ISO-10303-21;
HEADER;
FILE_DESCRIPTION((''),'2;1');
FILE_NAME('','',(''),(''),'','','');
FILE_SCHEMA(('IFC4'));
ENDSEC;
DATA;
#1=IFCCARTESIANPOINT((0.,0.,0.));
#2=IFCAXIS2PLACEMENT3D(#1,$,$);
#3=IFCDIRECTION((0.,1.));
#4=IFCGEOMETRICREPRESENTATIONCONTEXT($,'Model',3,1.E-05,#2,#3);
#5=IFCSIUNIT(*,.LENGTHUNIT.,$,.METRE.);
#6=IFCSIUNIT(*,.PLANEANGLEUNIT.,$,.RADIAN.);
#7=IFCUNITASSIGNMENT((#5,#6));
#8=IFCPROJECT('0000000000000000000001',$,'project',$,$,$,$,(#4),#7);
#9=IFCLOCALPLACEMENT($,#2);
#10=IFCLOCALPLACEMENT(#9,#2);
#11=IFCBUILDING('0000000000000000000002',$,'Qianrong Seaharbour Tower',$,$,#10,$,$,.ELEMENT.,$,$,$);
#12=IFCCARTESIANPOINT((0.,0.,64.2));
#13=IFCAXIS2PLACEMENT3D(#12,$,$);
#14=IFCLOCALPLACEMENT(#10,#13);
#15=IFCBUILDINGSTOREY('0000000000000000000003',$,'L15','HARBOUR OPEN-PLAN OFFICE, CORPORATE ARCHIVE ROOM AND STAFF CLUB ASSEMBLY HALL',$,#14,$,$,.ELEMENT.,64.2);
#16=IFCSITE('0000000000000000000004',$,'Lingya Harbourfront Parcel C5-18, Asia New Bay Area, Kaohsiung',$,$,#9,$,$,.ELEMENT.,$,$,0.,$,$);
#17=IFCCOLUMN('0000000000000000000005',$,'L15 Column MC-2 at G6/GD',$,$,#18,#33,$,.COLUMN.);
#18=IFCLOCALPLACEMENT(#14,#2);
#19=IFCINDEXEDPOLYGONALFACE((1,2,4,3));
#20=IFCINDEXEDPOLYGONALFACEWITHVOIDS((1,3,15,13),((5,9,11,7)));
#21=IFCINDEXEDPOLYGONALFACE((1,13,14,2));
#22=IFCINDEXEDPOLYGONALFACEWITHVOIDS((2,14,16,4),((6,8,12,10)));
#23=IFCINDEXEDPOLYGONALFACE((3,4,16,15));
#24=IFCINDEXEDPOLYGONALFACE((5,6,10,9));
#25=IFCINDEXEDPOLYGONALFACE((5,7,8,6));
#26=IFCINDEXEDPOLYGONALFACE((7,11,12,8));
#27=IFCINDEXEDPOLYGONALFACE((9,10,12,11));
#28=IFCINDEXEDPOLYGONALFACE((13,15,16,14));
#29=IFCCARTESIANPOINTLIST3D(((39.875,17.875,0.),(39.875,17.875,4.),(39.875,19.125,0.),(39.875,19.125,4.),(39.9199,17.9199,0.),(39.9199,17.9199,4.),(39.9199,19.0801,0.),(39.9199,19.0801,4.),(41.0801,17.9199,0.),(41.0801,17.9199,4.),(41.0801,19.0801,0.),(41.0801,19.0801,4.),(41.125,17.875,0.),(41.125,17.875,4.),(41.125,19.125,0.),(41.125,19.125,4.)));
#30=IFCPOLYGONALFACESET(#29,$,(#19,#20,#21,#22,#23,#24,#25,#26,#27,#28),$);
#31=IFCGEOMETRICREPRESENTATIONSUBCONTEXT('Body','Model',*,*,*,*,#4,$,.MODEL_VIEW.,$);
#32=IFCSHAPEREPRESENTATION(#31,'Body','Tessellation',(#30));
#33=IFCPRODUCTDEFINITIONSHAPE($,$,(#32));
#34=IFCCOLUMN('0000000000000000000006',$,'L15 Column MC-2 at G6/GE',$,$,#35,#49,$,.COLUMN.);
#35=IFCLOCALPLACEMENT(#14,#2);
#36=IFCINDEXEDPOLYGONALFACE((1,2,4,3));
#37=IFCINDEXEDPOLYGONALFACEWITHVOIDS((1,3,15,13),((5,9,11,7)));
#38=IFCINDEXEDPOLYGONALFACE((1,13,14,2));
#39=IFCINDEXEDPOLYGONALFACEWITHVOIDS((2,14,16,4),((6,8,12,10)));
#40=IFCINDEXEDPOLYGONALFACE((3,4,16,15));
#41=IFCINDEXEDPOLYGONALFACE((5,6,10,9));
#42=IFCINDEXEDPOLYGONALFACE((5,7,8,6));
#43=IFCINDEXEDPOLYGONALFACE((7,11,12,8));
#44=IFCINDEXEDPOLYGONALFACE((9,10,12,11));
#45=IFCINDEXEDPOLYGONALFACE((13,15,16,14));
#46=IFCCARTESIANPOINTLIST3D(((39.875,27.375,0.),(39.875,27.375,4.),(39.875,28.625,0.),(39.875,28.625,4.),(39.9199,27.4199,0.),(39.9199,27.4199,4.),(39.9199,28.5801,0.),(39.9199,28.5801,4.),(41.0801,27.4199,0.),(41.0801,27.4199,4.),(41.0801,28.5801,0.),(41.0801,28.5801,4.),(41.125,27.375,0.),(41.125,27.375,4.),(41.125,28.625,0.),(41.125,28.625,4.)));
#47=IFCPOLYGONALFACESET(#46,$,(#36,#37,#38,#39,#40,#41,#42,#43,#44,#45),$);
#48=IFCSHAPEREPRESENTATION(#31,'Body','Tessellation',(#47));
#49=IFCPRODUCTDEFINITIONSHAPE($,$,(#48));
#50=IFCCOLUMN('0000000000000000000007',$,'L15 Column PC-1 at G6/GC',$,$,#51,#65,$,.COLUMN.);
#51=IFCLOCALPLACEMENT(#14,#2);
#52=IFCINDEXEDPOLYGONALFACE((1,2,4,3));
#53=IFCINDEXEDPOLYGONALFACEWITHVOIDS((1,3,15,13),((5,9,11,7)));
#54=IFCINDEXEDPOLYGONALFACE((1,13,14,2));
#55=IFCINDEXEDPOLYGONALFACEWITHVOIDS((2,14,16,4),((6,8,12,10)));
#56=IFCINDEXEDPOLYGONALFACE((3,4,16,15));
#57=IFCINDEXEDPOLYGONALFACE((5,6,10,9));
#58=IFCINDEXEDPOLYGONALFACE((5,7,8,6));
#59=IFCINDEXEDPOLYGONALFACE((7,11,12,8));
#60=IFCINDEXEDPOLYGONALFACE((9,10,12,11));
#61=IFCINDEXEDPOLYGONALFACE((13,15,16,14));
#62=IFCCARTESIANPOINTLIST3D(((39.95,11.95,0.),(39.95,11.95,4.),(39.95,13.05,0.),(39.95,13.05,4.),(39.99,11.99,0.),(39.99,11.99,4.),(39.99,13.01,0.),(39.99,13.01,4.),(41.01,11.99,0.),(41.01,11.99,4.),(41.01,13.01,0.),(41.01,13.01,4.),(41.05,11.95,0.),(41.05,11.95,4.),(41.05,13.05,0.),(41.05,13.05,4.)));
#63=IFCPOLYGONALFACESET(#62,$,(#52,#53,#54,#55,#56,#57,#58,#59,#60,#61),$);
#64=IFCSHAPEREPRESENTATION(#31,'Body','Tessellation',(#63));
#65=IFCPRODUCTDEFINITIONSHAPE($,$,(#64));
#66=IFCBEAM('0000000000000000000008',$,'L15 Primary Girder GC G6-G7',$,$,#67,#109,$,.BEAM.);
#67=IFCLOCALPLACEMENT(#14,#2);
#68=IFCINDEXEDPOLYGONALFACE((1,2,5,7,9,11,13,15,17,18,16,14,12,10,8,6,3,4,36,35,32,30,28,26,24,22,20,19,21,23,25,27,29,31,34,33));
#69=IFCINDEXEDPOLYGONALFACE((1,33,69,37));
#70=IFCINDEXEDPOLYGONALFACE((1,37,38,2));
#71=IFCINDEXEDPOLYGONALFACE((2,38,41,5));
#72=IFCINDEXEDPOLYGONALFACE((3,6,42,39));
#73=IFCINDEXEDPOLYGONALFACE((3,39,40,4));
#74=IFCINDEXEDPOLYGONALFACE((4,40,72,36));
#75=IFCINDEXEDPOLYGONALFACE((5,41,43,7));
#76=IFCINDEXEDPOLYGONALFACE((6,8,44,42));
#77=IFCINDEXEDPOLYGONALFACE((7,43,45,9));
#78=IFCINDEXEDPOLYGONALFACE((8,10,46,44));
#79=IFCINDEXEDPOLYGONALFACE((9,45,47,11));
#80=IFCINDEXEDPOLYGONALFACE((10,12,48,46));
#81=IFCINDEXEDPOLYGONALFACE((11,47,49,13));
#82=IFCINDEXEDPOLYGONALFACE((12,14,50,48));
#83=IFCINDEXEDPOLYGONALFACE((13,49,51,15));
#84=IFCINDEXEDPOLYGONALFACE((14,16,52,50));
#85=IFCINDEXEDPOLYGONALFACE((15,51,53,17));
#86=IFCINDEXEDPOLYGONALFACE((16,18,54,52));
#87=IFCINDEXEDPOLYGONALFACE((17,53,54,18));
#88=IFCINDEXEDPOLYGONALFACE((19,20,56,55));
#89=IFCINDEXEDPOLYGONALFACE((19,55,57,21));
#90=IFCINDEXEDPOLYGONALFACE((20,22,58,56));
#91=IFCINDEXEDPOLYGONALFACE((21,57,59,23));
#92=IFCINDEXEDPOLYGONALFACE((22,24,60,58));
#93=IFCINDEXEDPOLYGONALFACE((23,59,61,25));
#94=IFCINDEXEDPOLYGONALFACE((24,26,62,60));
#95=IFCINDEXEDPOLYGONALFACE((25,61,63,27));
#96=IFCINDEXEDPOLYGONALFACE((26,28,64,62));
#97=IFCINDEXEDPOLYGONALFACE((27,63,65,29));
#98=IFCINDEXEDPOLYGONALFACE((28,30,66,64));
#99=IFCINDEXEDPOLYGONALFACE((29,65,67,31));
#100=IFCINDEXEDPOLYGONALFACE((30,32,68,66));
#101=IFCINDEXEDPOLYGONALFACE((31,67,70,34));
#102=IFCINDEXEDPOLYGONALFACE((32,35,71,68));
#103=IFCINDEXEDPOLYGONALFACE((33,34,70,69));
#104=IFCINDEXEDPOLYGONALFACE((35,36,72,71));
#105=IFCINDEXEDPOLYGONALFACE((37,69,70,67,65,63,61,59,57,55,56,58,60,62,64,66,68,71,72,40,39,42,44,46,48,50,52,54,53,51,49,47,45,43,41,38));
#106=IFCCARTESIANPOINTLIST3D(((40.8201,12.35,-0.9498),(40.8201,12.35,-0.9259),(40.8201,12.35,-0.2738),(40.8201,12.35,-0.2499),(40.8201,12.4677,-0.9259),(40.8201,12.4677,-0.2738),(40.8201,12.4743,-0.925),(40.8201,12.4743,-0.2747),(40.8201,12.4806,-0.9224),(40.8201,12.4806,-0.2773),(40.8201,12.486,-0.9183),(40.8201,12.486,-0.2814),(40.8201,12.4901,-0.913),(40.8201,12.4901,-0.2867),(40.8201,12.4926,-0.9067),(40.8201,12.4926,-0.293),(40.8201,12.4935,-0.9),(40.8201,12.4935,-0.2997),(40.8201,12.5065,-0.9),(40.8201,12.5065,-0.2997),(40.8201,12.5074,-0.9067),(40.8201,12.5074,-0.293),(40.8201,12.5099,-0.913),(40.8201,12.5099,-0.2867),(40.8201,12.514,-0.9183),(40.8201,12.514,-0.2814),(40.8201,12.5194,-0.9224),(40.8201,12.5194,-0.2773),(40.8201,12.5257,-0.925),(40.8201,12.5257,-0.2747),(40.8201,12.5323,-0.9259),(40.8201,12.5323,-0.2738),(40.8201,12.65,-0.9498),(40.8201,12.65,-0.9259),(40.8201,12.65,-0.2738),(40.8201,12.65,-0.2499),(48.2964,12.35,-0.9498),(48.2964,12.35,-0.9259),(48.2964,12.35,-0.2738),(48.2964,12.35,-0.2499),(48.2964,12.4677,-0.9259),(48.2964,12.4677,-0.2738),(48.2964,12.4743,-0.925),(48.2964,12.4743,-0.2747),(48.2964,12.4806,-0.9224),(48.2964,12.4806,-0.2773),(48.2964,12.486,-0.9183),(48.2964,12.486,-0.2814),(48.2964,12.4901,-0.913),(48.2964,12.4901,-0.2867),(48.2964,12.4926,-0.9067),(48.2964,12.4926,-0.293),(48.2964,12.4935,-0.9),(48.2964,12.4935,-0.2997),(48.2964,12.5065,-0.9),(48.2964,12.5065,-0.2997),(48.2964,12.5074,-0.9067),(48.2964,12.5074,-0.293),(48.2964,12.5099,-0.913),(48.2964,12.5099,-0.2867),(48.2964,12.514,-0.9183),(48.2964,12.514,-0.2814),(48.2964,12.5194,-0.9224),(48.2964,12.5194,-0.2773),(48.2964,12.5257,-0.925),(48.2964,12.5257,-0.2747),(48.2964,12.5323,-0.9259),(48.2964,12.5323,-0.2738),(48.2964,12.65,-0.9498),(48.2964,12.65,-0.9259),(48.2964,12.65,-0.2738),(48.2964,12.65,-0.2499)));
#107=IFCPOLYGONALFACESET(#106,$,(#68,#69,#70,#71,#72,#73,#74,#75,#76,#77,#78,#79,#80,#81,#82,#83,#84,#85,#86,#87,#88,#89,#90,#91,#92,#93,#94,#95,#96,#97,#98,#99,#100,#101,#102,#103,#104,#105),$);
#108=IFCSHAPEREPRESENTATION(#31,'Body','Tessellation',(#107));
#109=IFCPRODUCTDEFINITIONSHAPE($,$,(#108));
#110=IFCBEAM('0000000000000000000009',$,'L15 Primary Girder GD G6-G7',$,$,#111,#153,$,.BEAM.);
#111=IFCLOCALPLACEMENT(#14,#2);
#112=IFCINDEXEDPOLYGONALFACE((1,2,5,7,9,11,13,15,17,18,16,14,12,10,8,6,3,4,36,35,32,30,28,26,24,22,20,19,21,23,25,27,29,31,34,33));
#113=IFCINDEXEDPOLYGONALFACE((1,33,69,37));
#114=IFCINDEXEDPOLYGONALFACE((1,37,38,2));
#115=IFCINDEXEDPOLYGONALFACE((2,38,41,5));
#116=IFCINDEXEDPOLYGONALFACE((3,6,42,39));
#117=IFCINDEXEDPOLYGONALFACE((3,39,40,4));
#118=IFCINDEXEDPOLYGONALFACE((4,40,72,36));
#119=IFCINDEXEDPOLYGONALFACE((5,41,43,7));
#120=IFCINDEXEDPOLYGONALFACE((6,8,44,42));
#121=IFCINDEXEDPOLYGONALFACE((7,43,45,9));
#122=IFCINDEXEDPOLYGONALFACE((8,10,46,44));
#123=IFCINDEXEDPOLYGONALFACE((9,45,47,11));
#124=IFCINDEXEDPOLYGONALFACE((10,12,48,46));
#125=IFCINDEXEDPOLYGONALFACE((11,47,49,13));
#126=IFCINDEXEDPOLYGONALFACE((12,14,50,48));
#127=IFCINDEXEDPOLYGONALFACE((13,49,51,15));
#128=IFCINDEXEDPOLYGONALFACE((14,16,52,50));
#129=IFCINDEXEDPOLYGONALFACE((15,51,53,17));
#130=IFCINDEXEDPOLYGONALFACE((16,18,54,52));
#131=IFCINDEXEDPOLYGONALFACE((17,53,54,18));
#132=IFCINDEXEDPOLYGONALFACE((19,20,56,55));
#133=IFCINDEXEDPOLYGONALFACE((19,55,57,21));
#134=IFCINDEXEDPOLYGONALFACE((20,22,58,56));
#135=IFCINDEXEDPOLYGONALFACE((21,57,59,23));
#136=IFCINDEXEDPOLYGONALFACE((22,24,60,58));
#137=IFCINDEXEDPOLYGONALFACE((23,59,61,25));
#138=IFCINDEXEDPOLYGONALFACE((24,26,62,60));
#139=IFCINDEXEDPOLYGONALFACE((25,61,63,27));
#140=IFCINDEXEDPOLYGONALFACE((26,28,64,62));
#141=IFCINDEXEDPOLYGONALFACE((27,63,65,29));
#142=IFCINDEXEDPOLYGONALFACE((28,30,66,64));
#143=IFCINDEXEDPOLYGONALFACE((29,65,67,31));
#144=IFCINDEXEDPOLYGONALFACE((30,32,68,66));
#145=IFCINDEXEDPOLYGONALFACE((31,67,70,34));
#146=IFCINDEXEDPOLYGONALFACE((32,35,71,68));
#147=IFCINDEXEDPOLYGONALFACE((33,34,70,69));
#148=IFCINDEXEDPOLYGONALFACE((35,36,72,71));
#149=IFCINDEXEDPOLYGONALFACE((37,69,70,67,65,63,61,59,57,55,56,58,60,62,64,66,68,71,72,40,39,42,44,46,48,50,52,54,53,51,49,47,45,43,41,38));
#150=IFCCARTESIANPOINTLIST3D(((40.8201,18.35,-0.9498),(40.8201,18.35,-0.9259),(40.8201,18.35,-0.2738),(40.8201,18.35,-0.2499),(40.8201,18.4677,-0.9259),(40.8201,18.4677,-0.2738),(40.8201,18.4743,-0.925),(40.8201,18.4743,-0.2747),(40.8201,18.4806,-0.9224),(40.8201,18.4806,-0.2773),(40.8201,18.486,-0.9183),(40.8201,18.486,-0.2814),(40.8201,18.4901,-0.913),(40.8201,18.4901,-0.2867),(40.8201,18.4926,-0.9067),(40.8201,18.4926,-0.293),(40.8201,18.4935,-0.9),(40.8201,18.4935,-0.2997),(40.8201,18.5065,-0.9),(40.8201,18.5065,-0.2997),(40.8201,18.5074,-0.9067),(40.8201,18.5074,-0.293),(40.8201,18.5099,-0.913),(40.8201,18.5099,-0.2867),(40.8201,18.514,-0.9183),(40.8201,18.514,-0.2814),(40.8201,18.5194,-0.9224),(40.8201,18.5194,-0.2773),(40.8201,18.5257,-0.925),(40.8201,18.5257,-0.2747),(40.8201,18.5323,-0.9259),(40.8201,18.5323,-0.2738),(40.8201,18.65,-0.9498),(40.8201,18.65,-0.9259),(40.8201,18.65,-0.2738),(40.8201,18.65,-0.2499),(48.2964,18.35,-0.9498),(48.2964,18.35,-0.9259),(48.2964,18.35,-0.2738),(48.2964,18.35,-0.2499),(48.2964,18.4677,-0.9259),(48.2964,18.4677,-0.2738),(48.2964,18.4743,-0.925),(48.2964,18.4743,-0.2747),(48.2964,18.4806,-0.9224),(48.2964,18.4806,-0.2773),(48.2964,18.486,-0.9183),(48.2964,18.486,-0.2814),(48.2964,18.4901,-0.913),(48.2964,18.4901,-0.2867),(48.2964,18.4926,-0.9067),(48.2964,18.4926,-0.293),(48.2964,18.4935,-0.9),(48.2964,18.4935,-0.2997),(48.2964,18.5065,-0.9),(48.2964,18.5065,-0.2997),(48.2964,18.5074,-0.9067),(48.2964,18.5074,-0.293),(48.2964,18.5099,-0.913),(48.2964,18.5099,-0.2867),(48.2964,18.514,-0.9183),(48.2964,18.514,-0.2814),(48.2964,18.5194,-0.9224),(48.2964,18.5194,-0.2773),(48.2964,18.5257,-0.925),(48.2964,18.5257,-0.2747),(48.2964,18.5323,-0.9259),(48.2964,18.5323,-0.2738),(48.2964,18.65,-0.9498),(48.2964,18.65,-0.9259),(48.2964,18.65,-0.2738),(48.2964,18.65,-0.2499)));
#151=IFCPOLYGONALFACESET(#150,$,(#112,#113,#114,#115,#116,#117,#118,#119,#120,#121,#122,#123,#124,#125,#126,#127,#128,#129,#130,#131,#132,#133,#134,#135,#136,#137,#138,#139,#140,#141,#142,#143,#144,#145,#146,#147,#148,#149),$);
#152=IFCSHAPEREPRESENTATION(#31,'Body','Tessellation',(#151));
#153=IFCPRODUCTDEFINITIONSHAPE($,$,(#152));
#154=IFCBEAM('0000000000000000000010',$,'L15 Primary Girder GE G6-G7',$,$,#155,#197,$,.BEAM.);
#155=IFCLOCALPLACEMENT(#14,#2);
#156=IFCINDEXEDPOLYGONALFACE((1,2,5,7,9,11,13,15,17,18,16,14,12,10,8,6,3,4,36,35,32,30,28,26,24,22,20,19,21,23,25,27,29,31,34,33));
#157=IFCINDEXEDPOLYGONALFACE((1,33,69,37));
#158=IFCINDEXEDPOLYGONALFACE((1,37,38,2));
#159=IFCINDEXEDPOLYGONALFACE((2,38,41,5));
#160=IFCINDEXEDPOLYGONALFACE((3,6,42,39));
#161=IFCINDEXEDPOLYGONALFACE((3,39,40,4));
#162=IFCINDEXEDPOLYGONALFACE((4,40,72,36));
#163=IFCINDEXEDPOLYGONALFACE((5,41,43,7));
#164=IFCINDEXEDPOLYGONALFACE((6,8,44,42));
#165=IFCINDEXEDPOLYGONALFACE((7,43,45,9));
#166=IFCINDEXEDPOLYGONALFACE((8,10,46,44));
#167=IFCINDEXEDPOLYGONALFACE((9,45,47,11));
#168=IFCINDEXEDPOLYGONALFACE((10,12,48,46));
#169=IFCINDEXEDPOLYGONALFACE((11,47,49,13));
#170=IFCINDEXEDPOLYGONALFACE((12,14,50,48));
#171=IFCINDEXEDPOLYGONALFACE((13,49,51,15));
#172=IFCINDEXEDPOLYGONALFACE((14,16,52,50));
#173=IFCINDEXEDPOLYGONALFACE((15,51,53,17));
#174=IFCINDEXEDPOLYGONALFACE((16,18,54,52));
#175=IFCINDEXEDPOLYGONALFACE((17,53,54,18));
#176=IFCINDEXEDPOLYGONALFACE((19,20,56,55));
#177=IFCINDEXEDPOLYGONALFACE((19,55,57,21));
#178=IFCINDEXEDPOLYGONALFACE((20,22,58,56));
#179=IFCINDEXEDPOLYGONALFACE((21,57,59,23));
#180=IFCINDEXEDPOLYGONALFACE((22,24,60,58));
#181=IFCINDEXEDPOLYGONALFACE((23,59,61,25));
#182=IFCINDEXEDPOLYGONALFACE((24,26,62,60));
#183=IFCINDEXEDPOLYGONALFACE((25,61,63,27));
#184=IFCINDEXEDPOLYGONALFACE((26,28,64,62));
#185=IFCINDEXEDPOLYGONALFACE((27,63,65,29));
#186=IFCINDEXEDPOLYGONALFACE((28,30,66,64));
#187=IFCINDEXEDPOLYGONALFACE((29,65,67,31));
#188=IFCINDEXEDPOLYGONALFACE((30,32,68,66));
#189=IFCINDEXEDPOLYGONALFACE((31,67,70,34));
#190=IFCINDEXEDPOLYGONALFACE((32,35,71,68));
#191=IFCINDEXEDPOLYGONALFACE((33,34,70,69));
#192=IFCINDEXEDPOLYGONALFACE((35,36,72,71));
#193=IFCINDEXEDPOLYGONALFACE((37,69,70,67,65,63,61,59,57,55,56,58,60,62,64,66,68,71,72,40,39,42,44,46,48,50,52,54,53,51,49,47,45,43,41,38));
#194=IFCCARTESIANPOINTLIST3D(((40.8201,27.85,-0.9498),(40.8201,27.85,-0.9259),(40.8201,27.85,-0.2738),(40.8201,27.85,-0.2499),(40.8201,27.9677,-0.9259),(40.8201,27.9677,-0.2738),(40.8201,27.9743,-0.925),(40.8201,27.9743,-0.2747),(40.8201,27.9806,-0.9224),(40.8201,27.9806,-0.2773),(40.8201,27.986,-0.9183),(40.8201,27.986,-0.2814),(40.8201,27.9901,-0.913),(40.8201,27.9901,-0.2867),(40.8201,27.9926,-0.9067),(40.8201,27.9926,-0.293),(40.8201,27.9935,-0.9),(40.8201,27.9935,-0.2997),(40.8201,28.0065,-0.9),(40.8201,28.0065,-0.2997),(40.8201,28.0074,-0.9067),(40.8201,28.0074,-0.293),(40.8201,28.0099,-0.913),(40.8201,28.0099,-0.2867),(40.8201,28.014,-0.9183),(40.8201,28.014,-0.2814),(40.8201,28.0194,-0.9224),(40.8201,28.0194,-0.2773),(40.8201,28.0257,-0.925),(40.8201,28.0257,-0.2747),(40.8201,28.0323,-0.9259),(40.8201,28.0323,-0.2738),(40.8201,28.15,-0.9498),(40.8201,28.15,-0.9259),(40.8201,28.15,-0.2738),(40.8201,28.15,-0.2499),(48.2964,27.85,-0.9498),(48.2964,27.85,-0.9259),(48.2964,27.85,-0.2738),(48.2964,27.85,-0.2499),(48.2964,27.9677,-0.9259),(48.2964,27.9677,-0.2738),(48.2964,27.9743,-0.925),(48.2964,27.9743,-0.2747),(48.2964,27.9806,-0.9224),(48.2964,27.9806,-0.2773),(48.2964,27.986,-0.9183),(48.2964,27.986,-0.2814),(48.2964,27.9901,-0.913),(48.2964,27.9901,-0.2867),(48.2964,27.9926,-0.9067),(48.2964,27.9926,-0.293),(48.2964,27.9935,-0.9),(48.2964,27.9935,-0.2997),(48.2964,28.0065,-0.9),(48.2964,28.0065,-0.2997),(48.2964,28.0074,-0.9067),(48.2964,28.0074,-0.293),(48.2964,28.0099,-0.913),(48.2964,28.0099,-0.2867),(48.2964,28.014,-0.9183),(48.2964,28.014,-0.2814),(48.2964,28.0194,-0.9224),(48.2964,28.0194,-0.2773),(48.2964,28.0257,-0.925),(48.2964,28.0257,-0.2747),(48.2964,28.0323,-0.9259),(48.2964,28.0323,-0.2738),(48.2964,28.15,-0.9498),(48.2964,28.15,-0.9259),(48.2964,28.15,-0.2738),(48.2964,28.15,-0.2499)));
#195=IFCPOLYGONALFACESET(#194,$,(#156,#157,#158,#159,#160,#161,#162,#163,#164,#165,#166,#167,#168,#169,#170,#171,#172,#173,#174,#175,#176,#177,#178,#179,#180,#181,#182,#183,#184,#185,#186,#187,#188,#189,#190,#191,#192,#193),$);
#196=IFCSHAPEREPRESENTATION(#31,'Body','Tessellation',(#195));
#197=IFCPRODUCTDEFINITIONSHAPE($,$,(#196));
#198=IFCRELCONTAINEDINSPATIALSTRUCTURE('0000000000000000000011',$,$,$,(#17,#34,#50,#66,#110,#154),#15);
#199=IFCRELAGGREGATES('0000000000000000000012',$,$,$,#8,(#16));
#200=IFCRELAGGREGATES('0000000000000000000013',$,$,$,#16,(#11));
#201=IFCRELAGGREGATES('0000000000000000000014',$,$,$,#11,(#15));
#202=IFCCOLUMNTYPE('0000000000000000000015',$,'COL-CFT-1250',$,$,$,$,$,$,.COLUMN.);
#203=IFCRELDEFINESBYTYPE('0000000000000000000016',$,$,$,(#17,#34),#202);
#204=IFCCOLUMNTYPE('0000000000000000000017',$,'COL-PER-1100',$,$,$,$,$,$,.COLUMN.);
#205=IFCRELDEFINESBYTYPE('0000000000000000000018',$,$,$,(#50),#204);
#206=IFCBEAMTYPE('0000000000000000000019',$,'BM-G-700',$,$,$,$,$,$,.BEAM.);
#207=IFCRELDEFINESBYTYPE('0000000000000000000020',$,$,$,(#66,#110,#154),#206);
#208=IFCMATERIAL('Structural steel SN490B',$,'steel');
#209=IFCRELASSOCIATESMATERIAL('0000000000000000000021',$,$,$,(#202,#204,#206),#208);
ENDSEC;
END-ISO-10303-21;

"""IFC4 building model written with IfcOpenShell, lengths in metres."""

from ifc_helpers import new_model, si_unit, direction, frame, origin, origin_2d, place, context, subcontext, project, spatial, hollow_rectangle, i_section, extrude, material, material_profile, profile_set, type_object, element, save


model = new_model("IFC4")

# Units and contexts
model_context = context("Model", 3, precision=1e-05, world=origin(), true_north=direction((0.0, 1.0)))
body_context = subcontext(model_context, "Body", "Model", "MODEL_VIEW")
ifc_project = project(units=[si_unit("LENGTHUNIT", "METRE"), si_unit("PLANEANGLEUNIT", "RADIAN")], contexts=[model_context])

# Site, building, storey
site_placement = place(None, origin())
site = spatial("IfcSite", under=ifc_project, at=site_placement, Name="Lingya Harbourfront Parcel C5-18, Asia New Bay Area, Kaohsiung", CompositionType="ELEMENT", RefElevation=0.0)
building_placement = place(site_placement, origin())
building = spatial("IfcBuilding", under=site, at=building_placement, Name="Qianrong Seaharbour Tower", CompositionType="ELEMENT")
storey_placement = place(building_placement, frame((0.0, 0.0, 64.2)))
storey = spatial("IfcBuildingStorey", under=building, at=storey_placement, Name="L15", Description="HARBOUR OPEN-PLAN OFFICE, CORPORATE ARCHIVE ROOM AND STAFF CLUB ASSEMBLY HALL", CompositionType="ELEMENT", Elevation=64.2)

# Columns
ifc_material_1 = material(Name="Structural steel SN490B", Category="steel")
ifc_material_profile_1 = material_profile(ifc_material_1, hollow_rectangle(XDim=1.25, YDim=1.25, WallThickness=0.0449, at=origin_2d()), Name="BOX1250x1250x45")
ifc_profile_set_1 = profile_set([ifc_material_profile_1], Name="Structural steel SN490B")
column_type_1 = type_object("IfcColumnType", Name="COL-CFT-1250", PredefinedType="COLUMN", material=ifc_profile_set_1)
for number, where, z_axis, x_axis, name in (
    (1, (40.5, 18.5, 0.0), (0.0, 0.0, 1.0), (1.0, 0.0, 0.0), "L15 Column MC-2 at G6/GD"),
    (2, (40.5, 28.0, 0.0), (0.0, 0.0, 1.0), (1.0, 0.0, 0.0), "L15 Column MC-2 at G6/GE"),
):
    element("IfcColumn", number, at=place(storey_placement, frame(where, z_axis=z_axis, x_axis=x_axis)), inside=storey, type_object=column_type_1, Name=name, PredefinedType="COLUMN", context=body_context, shape_type="SweptSolid", body=[
        extrude(hollow_rectangle(XDim=1.25, YDim=1.25, WallThickness=0.0449, at=origin_2d()), origin(), (0.0, 0.0, 1.0), 4.0),
    ])
ifc_material_profile_2 = material_profile(ifc_material_1, hollow_rectangle(XDim=1.1001, YDim=1.1001, WallThickness=0.04, at=origin_2d()), Name="BOX1100x1100x40")
ifc_profile_set_2 = profile_set([ifc_material_profile_2], Name="Structural steel SN490B")
column_type_2 = type_object("IfcColumnType", Name="COL-PER-1100", PredefinedType="COLUMN", material=ifc_profile_set_2)
column_placement = place(storey_placement, frame((40.5, 12.5, 0.0), z_axis=(0.0, 0.0, 1.0), x_axis=(1.0, 0.0, 0.0)))
element("IfcColumn", 3, at=column_placement, inside=storey, type_object=column_type_2, Name="L15 Column PC-1 at G6/GC", PredefinedType="COLUMN", context=body_context, shape_type="SweptSolid", body=[
    extrude(hollow_rectangle(XDim=1.1001, YDim=1.1001, WallThickness=0.04, at=origin_2d()), origin(), (0.0, 0.0, 1.0), 4.0),
])

# Beams
ifc_material_profile_3 = material_profile(ifc_material_1, i_section(OverallWidth=0.3, OverallDepth=0.7, WebThickness=0.0129, FlangeThickness=0.0239, FilletRadius=0.0259, at=origin_2d()), Name="H700x300x13x24")
ifc_profile_set_3 = profile_set([ifc_material_profile_3], Name="Structural steel SN490B")
beam_type_1 = type_object("IfcBeamType", Name="BM-G-700", PredefinedType="BEAM", material=ifc_profile_set_3)
for number, where, z_axis, x_axis, name in (
    (4, (40.8201, 12.5, -0.5999), (1.0, 0.0, 0.0), (0.0, 1.0, 0.0), "L15 Primary Girder GC G6-G7"),
    (5, (40.8201, 18.5, -0.5999), (1.0, 0.0, 0.0), (0.0, 1.0, 0.0), "L15 Primary Girder GD G6-G7"),
    (6, (40.8201, 28.0, -0.5999), (1.0, 0.0, 0.0), (0.0, 1.0, 0.0), "L15 Primary Girder GE G6-G7"),
):
    element("IfcBeam", number, at=place(storey_placement, frame(where, z_axis=z_axis, x_axis=x_axis)), inside=storey, type_object=beam_type_1, Name=name, PredefinedType="BEAM", context=body_context, shape_type="SweptSolid", body=[
        extrude(i_section(OverallWidth=0.3, OverallDepth=0.7, WebThickness=0.0129, FlangeThickness=0.0239, FilletRadius=0.0259, at=origin_2d()), origin(), (0.0, 0.0, 1.0), 7.4763),
    ])

save(model, "model.ifc")
